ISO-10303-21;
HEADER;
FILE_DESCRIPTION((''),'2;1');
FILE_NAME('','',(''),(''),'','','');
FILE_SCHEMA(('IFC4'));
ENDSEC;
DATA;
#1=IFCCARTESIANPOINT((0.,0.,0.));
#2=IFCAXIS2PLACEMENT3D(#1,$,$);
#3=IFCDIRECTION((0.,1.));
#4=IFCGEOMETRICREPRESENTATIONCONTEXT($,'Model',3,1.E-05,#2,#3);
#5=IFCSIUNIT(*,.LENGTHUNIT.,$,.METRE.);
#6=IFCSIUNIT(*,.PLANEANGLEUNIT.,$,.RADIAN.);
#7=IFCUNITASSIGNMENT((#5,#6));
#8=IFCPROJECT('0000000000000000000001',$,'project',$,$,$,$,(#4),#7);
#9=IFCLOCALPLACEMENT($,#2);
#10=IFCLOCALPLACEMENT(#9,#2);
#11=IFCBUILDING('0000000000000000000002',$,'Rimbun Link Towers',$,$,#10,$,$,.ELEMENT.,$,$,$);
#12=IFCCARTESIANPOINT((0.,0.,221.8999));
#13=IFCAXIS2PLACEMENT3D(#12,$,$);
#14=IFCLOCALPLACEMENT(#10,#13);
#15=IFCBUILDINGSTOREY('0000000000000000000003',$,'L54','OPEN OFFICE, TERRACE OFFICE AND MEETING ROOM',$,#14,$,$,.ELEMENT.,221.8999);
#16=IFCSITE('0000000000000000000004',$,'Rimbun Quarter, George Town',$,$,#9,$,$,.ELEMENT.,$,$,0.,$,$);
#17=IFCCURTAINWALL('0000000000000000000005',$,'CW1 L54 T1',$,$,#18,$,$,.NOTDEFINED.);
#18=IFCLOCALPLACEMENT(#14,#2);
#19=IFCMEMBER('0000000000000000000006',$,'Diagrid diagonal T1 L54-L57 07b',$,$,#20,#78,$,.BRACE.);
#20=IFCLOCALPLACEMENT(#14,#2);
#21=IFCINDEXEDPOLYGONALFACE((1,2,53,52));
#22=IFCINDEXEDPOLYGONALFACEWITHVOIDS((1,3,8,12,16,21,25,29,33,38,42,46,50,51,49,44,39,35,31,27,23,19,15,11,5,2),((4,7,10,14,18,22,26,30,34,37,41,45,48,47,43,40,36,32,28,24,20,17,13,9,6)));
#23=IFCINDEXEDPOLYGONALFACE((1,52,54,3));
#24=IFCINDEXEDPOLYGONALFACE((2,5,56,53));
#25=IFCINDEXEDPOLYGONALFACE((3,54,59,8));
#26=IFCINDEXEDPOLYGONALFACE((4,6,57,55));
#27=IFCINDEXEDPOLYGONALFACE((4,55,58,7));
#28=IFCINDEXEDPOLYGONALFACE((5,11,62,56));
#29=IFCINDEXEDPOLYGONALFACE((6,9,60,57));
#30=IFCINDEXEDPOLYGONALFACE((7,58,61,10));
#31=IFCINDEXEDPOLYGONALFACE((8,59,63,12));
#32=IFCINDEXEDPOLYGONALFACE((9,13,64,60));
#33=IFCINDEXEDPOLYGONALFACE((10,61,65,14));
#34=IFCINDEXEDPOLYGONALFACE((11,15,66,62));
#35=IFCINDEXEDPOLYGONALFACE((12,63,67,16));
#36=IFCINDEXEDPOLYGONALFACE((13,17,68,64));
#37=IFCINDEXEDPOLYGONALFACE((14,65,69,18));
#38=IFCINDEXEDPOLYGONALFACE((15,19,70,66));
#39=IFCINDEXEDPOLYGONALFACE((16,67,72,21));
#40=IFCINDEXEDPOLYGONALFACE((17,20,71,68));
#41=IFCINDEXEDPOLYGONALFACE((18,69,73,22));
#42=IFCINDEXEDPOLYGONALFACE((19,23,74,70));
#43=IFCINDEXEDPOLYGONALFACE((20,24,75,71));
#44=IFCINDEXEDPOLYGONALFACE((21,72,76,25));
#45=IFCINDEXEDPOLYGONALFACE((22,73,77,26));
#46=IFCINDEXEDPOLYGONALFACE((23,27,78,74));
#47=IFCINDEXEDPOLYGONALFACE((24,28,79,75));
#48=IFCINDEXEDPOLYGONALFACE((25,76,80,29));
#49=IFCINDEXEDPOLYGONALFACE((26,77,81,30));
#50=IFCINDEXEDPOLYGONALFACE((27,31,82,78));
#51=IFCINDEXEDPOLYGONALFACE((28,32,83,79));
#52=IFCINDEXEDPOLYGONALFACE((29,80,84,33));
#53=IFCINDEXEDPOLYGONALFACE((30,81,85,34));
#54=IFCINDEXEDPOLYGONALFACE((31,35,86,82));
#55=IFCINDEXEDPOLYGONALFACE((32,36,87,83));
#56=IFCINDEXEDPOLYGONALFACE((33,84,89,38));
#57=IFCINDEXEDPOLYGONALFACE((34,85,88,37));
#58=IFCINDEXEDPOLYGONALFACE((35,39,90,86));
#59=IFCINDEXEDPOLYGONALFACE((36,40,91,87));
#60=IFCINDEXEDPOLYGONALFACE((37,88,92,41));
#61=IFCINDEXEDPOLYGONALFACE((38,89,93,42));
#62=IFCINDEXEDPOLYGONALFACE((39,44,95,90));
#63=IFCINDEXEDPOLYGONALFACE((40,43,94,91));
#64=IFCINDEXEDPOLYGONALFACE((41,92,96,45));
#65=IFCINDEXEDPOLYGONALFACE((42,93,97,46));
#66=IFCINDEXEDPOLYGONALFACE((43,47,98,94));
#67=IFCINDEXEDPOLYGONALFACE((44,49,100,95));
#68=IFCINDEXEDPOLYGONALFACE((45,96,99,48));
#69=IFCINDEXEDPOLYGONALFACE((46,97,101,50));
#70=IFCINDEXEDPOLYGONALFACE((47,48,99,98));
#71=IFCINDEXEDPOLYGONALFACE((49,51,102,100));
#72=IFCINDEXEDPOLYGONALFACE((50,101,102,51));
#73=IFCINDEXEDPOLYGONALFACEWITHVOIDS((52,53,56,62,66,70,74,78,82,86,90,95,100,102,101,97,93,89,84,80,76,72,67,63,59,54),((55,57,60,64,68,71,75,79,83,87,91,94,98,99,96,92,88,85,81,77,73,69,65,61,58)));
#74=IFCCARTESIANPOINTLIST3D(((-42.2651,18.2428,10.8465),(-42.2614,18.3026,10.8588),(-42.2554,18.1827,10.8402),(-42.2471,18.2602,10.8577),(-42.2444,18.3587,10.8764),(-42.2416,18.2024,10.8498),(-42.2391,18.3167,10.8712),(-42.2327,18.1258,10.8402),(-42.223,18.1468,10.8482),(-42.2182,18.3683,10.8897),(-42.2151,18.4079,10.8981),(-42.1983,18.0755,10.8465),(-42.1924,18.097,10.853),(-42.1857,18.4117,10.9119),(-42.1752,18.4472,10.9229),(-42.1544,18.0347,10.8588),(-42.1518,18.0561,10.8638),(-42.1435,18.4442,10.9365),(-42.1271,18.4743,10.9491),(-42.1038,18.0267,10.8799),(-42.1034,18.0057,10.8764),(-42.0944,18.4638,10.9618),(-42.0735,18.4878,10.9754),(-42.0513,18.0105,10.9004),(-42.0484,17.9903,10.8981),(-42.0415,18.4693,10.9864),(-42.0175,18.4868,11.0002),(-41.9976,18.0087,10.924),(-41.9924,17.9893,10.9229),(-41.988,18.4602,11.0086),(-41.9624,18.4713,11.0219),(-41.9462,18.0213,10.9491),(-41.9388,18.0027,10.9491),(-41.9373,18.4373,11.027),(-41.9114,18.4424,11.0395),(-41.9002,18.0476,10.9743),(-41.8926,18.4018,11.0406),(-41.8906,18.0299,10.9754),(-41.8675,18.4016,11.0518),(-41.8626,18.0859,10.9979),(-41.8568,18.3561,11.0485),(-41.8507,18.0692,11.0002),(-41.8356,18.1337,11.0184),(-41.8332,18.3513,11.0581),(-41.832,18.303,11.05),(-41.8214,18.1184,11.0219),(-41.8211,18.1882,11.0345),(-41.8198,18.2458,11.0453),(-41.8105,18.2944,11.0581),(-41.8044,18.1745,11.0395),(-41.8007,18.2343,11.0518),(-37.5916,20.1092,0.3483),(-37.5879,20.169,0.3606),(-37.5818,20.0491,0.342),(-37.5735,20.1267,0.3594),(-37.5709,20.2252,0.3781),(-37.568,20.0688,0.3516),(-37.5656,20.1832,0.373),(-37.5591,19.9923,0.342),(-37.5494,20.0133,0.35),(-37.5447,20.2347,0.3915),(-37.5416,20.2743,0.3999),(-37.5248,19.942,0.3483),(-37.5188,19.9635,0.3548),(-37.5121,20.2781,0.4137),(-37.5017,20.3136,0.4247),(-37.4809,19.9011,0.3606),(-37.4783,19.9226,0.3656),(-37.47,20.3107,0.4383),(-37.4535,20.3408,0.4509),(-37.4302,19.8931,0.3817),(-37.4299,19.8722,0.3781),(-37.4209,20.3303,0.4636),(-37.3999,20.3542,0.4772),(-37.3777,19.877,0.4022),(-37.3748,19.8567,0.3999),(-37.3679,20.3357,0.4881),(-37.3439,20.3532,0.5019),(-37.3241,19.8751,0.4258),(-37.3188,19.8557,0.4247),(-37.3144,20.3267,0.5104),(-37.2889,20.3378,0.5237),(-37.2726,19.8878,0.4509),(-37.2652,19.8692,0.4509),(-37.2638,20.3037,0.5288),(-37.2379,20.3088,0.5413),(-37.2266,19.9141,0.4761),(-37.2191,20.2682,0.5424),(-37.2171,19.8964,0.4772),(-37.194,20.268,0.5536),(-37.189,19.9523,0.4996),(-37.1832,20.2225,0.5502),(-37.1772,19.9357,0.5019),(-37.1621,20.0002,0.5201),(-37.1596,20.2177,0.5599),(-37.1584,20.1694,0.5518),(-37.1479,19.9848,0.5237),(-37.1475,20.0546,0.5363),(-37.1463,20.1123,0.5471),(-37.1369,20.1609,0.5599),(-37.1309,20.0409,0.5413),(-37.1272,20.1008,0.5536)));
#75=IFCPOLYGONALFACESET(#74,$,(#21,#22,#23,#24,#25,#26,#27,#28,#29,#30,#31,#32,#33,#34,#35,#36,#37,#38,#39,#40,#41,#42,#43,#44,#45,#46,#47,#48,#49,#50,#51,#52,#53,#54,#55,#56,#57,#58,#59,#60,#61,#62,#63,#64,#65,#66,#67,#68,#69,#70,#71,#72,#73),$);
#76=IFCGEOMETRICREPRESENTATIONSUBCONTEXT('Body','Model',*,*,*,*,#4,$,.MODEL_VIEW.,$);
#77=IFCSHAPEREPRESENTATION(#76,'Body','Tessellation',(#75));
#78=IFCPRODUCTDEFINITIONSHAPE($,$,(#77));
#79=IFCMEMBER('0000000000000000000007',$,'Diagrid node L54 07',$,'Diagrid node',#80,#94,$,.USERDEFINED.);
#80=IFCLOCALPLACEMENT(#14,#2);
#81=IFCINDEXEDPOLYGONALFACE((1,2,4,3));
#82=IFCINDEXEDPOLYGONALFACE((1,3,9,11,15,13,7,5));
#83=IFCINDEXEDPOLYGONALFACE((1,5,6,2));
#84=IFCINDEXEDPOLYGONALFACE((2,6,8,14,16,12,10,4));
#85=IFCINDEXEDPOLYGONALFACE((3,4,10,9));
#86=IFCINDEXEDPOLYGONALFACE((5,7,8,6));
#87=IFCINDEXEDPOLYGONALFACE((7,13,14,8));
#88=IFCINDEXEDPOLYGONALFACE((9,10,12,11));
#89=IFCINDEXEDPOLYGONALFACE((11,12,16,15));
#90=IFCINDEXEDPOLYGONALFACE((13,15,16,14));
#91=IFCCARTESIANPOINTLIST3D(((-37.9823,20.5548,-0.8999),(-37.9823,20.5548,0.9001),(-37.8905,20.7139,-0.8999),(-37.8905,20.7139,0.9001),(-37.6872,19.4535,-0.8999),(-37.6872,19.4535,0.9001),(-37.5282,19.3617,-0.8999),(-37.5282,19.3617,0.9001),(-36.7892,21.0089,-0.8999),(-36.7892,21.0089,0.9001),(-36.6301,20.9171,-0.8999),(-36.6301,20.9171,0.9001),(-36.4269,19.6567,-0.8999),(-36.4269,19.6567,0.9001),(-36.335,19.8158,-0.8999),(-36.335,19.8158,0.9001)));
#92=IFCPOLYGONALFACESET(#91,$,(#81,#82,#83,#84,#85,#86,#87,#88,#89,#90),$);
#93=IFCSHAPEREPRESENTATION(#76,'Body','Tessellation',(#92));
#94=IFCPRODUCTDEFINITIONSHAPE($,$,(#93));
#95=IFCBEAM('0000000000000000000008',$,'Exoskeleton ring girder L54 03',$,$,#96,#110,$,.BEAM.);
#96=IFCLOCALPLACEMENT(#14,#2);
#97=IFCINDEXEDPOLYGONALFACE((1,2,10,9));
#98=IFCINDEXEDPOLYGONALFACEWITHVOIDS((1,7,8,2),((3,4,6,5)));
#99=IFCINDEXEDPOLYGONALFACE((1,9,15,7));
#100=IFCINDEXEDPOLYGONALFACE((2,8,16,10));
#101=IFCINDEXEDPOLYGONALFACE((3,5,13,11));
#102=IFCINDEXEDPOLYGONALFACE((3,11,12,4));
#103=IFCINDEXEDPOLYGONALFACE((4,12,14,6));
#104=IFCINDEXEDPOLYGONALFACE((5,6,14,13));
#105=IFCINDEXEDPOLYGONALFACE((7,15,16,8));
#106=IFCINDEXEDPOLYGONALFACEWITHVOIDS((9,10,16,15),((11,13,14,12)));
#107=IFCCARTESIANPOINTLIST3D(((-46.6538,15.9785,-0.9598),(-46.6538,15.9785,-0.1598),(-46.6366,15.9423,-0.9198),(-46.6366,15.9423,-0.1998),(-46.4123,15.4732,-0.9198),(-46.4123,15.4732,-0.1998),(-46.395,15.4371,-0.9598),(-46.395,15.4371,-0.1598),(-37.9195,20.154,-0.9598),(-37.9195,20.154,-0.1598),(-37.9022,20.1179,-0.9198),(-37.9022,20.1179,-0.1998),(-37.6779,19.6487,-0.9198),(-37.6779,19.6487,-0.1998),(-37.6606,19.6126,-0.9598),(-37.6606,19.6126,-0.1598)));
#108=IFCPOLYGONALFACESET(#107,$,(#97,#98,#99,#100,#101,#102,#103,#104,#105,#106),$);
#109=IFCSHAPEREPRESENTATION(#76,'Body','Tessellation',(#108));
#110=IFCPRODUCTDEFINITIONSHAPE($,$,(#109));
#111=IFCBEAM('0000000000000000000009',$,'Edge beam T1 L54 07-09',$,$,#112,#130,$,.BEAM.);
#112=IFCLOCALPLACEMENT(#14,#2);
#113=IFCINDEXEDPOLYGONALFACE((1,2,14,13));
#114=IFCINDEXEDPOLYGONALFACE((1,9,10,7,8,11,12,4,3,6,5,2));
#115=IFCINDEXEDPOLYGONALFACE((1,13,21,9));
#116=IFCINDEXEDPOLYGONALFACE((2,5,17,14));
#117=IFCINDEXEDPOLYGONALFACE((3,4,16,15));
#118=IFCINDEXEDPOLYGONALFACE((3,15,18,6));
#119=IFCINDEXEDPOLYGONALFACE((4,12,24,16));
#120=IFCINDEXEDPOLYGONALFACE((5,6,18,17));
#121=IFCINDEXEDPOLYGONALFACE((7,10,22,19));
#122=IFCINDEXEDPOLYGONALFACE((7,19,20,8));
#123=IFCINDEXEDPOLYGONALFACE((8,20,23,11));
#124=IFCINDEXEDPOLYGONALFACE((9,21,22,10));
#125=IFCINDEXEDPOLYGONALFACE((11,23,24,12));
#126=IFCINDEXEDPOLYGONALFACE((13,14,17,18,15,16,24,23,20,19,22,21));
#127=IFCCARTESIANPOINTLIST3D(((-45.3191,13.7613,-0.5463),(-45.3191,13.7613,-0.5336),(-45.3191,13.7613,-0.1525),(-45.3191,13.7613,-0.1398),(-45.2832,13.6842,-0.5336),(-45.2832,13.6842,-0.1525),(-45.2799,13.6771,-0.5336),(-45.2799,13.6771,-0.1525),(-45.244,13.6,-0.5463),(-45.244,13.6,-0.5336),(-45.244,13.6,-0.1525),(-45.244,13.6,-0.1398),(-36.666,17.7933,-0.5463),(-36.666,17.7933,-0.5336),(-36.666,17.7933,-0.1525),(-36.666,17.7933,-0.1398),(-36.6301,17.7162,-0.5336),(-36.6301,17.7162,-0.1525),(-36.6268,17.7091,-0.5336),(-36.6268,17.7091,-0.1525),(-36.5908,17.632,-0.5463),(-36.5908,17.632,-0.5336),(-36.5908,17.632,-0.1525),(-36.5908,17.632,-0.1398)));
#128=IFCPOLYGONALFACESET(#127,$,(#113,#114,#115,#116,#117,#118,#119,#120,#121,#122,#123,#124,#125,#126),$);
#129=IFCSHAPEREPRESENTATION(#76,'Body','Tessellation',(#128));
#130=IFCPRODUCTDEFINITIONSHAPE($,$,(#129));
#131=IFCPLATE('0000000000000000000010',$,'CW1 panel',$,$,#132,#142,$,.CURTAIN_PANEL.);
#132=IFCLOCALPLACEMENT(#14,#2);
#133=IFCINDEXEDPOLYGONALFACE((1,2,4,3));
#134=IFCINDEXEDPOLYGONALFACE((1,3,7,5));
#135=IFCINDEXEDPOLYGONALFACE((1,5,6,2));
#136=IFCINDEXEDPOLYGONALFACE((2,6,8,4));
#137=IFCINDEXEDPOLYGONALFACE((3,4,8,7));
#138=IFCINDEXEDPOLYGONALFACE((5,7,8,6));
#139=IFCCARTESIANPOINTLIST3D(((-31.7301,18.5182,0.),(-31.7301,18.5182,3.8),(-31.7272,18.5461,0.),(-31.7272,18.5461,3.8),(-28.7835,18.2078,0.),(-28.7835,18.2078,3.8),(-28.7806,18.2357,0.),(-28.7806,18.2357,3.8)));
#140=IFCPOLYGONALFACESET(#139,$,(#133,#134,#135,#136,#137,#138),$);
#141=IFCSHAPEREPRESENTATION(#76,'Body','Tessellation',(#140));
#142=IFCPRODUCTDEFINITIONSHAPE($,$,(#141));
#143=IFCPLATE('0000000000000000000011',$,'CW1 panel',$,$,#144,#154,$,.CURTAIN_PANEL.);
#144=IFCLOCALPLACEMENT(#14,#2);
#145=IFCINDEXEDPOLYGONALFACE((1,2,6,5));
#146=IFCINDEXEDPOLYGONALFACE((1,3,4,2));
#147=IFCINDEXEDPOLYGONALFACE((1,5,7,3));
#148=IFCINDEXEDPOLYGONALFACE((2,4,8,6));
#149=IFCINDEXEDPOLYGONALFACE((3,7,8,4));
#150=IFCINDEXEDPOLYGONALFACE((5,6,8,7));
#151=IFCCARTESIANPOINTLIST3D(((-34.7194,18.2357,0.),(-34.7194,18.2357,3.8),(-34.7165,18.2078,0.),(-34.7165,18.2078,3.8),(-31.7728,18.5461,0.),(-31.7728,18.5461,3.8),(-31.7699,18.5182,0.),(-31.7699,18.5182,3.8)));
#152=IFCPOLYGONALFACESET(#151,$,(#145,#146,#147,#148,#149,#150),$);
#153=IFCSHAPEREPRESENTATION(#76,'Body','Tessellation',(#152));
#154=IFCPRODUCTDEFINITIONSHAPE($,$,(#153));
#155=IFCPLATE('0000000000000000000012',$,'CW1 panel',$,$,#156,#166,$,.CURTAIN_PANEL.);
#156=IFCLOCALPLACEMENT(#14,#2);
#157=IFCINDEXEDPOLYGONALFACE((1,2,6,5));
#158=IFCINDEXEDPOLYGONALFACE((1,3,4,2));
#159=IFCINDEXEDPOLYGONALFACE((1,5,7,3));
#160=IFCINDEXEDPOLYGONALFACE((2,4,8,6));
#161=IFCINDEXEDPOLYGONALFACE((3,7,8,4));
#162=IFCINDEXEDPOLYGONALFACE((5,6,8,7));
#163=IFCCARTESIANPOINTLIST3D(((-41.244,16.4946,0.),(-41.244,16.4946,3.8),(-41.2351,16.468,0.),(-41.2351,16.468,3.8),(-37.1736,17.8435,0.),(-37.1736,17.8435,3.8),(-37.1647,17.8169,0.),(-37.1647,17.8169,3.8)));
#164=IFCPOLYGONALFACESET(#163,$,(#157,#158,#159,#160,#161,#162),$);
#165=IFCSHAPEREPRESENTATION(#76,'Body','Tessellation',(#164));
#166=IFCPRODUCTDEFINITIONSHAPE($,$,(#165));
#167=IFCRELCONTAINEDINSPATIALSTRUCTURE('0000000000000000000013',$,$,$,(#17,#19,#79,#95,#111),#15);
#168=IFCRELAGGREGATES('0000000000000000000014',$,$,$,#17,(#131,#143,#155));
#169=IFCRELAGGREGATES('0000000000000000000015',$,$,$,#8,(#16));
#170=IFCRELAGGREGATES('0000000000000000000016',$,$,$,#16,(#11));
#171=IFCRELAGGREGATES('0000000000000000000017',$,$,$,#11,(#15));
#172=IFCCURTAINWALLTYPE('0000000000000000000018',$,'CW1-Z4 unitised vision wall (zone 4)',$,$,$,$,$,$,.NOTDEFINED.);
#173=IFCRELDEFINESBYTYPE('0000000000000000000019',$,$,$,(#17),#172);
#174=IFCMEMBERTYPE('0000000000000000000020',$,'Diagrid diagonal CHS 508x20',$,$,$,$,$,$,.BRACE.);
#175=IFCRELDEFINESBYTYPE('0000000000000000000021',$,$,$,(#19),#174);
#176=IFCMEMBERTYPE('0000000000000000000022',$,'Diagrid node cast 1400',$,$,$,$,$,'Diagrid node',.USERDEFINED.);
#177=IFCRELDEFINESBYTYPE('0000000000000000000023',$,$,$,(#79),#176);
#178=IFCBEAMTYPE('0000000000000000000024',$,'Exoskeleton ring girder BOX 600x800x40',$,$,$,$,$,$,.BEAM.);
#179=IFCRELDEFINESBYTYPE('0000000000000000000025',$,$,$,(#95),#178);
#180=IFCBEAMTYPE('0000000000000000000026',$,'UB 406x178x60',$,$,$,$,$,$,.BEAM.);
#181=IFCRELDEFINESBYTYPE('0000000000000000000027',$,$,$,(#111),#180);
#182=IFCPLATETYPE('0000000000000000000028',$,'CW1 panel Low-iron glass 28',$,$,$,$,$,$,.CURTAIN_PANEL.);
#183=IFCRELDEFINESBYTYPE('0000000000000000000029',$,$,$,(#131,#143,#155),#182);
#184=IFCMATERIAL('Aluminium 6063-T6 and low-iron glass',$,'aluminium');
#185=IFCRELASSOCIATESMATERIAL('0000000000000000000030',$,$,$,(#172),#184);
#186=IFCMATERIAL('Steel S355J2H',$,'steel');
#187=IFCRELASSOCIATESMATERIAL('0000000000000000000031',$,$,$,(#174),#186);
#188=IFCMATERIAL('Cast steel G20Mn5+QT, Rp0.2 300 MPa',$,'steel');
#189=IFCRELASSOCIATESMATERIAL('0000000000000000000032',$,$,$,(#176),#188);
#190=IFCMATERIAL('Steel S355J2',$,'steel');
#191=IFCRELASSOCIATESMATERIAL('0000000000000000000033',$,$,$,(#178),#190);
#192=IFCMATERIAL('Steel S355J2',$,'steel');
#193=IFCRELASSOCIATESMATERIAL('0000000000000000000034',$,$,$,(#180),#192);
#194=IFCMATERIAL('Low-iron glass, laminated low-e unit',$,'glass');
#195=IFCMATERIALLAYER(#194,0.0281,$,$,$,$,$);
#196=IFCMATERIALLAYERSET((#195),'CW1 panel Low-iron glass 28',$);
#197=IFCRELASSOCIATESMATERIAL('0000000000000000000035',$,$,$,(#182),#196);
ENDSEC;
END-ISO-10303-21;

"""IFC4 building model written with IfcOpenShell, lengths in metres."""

from ifc_helpers import new_model, si_unit, direction, frame, origin, origin_2d, place, context, subcontext, project, spatial, polyline, rectangle, hollow_rectangle, hollow_circle, i_section, outline, extrude, material, layer, layer_set, material_profile, profile_set, type_object, element, aggregate, save


model = new_model("IFC4")

# Units and contexts
model_context = context("Model", 3, precision=1e-05, world=origin(), true_north=direction((0.0, 1.0)))
body_context = subcontext(model_context, "Body", "Model", "MODEL_VIEW")
ifc_project = project(units=[si_unit("LENGTHUNIT", "METRE"), si_unit("PLANEANGLEUNIT", "RADIAN")], contexts=[model_context])

# Site, building, storey
site_placement = place(None, origin())
site = spatial("IfcSite", under=ifc_project, at=site_placement, Name="Rimbun Quarter, George Town", CompositionType="ELEMENT", RefElevation=0.0)
building_placement = place(site_placement, origin())
building = spatial("IfcBuilding", under=site, at=building_placement, Name="Rimbun Link Towers", CompositionType="ELEMENT")
storey_placement = place(building_placement, frame((0.0, 0.0, 221.8999)))
storey = spatial("IfcBuildingStorey", under=building, at=storey_placement, Name="L54", Description="OPEN OFFICE, TERRACE OFFICE AND MEETING ROOM", CompositionType="ELEMENT", Elevation=221.8999)

# Curtain wall
ifc_material_1 = material(Name="Aluminium 6063-T6 and low-iron glass", Category="aluminium")
curtain_wall_type = type_object("IfcCurtainWallType", Name="CW1-Z4 unitised vision wall (zone 4)", PredefinedType="NOTDEFINED", material=ifc_material_1)
curtain_wall_placement = place(storey_placement, origin())
curtain_wall = element("IfcCurtainWall", 1, at=curtain_wall_placement, inside=storey, type_object=curtain_wall_type, Name="CW1 L54 T1", PredefinedType="NOTDEFINED")

# Members
ifc_material_2 = material(Name="Steel S355J2H", Category="steel")
ifc_material_profile_1 = material_profile(ifc_material_2, hollow_circle(Radius=0.2539, WallThickness=0.02, at=origin_2d()), Name="Diagrid diagonal CHS 508x20")
ifc_profile_set_1 = profile_set([ifc_material_profile_1], Name="Steel S355J2H")
member_type_1 = type_object("IfcMemberType", Name="Diagrid diagonal CHS 508x20", PredefinedType="BRACE", material=ifc_profile_set_1)
member_1_placement = place(storey_placement, frame((-37.3594, 20.105, 0.4509), z_axis=(-0.401436, -0.160318, 0.901747), x_axis=(0.37088, -0.928681, 0.0)))
element("IfcMember", 2, at=member_1_placement, inside=storey, type_object=member_type_1, Name="Diagrid diagonal T1 L54-L57 07b", PredefinedType="BRACE", context=body_context, shape_type="SweptSolid", body=[
    extrude(hollow_circle(Radius=0.2539, WallThickness=0.02, at=origin_2d()), origin(), (0.0, 0.0, 1.0), 11.6421),
])
ifc_material_3 = material(Name="Cast steel G20Mn5+QT, Rp0.2 300 MPa", Category="steel")
ifc_material_profile_2 = material_profile(ifc_material_3, outline(polyline([(0.7, -0.5701), (0.7, 0.5701), (0.5701, 0.7), (-0.5701, 0.7), (-0.7, 0.5701), (-0.7, -0.5701), (-0.5701, -0.7), (0.5701, -0.7), (0.7, -0.5701)])), Name="NODE 1400x1400")
ifc_profile_set_2 = profile_set([ifc_material_profile_2], Name="Cast steel G20Mn5+QT, Rp0.2 300 MPa")
member_type_2 = type_object("IfcMemberType", Name="Diagrid node cast 1400", ElementType="Diagrid node", PredefinedType="USERDEFINED", material=ifc_profile_set_2)
member_2_placement = place(storey_placement, frame((-37.1587, 20.1853, -0.8999), z_axis=(0.0, 0.0, 1.0), x_axis=(-0.258819, 0.965926, 0.0)))
element("IfcMember", 3, at=member_2_placement, inside=storey, type_object=member_type_2, Name="Diagrid node L54 07", ObjectType="Diagrid node", PredefinedType="USERDEFINED", context=body_context, shape_type="SweptSolid", body=[
    extrude(outline(polyline([(0.7, -0.5701), (0.7, 0.5701), (0.5701, 0.7), (-0.5701, 0.7), (-0.7, 0.5701), (-0.7, -0.5701), (-0.5701, -0.7), (0.5701, -0.7), (0.7, -0.5701)])), origin(), (0.0, 0.0, 1.0), 1.8),
])

# Beams
ifc_material_4 = material(Name="Steel S355J2", Category="steel")
ifc_material_profile_3 = material_profile(ifc_material_4, hollow_rectangle(XDim=0.6001, YDim=0.8, WallThickness=0.04, at=origin_2d()), Name="Exoskeleton ring girder BOX 600x800x40")
ifc_profile_set_3 = profile_set([ifc_material_profile_3], Name="Steel S355J2")
beam_type_1 = type_object("IfcBeamType", Name="Exoskeleton ring girder BOX 600x800x40", PredefinedType="BEAM", material=ifc_profile_set_3)
beam_1_placement = place(storey_placement, frame((-37.79, 19.8833, -0.5598), z_axis=(-0.902205, -0.431306, 0.0), x_axis=(0.431306, -0.902205, 0.0)))
element("IfcBeam", 4, at=beam_1_placement, inside=storey, type_object=beam_type_1, Name="Exoskeleton ring girder L54 03", PredefinedType="BEAM", context=body_context, shape_type="SweptSolid", body=[
    extrude(hollow_rectangle(XDim=0.6001, YDim=0.8, WallThickness=0.04, at=origin_2d()), origin(), (0.0, 0.0, 1.0), 9.6812),
])
ifc_material_5 = material(Name="Steel S355J2", Category="steel")
ifc_material_profile_4 = material_profile(ifc_material_5, i_section(OverallWidth=0.178, OverallDepth=0.4065, WebThickness=0.0078, FlangeThickness=0.0127, at=origin_2d()), Name="UB 406x178x60")
ifc_profile_set_4 = profile_set([ifc_material_profile_4], Name="Steel S355J2")
beam_type_2 = type_object("IfcBeamType", Name="UB 406x178x60", PredefinedType="BEAM", material=ifc_profile_set_4)
beam_2_placement = place(storey_placement, frame((-36.6284, 17.7126, -0.343), z_axis=(-0.906429, -0.422359, 0.0), x_axis=(0.422359, -0.906429, 0.0)))
element("IfcBeam", 5, at=beam_2_placement, inside=storey, type_object=beam_type_2, Name="Edge beam T1 L54 07-09", PredefinedType="BEAM", context=body_context, shape_type="SweptSolid", body=[
    extrude(i_section(OverallWidth=0.178, OverallDepth=0.4065, WebThickness=0.0078, FlangeThickness=0.0127, at=origin_2d()), origin(), (0.0, 0.0, 1.0), 9.5464),
])

# Plates
ifc_material_6 = material(Name="Low-iron glass, laminated low-e unit", Category="glass")
ifc_layer = layer(ifc_material_6, 0.0281)
ifc_layer_set = layer_set([ifc_layer], Name="CW1 panel Low-iron glass 28")
plate_type = type_object("IfcPlateType", Name="CW1 panel Low-iron glass 28", PredefinedType="CURTAIN_PANEL", material=ifc_layer_set)
plate_1_placement = place(storey_placement, frame((-30.2554, 18.377, 0.0), z_axis=(0.0, 0.0, 1.0), x_axis=(0.9945, -0.104739, 0.0)))
plate_1 = element("IfcPlate", 6, at=plate_1_placement, type_object=plate_type, Name="CW1 panel", PredefinedType="CURTAIN_PANEL", context=body_context, shape_type="SweptSolid", body=[
    extrude(rectangle(XDim=2.9629, YDim=0.0281, at=origin_2d()), origin(), (0.0, 0.0, 1.0), 3.8),
])
plate_2_placement = place(storey_placement, frame((-33.2446, 18.377, 0.0), z_axis=(0.0, 0.0, 1.0), x_axis=(0.9945, 0.104739, 0.0)))
plate_2 = element("IfcPlate", 7, at=plate_2_placement, type_object=plate_type, Name="CW1 panel", PredefinedType="CURTAIN_PANEL", context=body_context, shape_type="SweptSolid", body=[
    extrude(rectangle(XDim=2.9629, YDim=0.0281, at=origin_2d()), origin(), (0.0, 0.0, 1.0), 3.8),
])
plate_3_placement = place(storey_placement, frame((-39.2043, 17.1558, 0.0), z_axis=(0.0, 0.0, 1.0), x_axis=(0.949236, 0.314565, 0.0)))
plate_3 = element("IfcPlate", 8, at=plate_3_placement, type_object=plate_type, Name="CW1 panel", PredefinedType="CURTAIN_PANEL", context=body_context, shape_type="SweptSolid", body=[
    extrude(rectangle(XDim=4.2881, YDim=0.0281, at=origin_2d()), origin(), (0.0, 0.0, 1.0), 3.8),
])
aggregate(curtain_wall, [plate_1, plate_2, plate_3])

save(model, "model.ifc")
